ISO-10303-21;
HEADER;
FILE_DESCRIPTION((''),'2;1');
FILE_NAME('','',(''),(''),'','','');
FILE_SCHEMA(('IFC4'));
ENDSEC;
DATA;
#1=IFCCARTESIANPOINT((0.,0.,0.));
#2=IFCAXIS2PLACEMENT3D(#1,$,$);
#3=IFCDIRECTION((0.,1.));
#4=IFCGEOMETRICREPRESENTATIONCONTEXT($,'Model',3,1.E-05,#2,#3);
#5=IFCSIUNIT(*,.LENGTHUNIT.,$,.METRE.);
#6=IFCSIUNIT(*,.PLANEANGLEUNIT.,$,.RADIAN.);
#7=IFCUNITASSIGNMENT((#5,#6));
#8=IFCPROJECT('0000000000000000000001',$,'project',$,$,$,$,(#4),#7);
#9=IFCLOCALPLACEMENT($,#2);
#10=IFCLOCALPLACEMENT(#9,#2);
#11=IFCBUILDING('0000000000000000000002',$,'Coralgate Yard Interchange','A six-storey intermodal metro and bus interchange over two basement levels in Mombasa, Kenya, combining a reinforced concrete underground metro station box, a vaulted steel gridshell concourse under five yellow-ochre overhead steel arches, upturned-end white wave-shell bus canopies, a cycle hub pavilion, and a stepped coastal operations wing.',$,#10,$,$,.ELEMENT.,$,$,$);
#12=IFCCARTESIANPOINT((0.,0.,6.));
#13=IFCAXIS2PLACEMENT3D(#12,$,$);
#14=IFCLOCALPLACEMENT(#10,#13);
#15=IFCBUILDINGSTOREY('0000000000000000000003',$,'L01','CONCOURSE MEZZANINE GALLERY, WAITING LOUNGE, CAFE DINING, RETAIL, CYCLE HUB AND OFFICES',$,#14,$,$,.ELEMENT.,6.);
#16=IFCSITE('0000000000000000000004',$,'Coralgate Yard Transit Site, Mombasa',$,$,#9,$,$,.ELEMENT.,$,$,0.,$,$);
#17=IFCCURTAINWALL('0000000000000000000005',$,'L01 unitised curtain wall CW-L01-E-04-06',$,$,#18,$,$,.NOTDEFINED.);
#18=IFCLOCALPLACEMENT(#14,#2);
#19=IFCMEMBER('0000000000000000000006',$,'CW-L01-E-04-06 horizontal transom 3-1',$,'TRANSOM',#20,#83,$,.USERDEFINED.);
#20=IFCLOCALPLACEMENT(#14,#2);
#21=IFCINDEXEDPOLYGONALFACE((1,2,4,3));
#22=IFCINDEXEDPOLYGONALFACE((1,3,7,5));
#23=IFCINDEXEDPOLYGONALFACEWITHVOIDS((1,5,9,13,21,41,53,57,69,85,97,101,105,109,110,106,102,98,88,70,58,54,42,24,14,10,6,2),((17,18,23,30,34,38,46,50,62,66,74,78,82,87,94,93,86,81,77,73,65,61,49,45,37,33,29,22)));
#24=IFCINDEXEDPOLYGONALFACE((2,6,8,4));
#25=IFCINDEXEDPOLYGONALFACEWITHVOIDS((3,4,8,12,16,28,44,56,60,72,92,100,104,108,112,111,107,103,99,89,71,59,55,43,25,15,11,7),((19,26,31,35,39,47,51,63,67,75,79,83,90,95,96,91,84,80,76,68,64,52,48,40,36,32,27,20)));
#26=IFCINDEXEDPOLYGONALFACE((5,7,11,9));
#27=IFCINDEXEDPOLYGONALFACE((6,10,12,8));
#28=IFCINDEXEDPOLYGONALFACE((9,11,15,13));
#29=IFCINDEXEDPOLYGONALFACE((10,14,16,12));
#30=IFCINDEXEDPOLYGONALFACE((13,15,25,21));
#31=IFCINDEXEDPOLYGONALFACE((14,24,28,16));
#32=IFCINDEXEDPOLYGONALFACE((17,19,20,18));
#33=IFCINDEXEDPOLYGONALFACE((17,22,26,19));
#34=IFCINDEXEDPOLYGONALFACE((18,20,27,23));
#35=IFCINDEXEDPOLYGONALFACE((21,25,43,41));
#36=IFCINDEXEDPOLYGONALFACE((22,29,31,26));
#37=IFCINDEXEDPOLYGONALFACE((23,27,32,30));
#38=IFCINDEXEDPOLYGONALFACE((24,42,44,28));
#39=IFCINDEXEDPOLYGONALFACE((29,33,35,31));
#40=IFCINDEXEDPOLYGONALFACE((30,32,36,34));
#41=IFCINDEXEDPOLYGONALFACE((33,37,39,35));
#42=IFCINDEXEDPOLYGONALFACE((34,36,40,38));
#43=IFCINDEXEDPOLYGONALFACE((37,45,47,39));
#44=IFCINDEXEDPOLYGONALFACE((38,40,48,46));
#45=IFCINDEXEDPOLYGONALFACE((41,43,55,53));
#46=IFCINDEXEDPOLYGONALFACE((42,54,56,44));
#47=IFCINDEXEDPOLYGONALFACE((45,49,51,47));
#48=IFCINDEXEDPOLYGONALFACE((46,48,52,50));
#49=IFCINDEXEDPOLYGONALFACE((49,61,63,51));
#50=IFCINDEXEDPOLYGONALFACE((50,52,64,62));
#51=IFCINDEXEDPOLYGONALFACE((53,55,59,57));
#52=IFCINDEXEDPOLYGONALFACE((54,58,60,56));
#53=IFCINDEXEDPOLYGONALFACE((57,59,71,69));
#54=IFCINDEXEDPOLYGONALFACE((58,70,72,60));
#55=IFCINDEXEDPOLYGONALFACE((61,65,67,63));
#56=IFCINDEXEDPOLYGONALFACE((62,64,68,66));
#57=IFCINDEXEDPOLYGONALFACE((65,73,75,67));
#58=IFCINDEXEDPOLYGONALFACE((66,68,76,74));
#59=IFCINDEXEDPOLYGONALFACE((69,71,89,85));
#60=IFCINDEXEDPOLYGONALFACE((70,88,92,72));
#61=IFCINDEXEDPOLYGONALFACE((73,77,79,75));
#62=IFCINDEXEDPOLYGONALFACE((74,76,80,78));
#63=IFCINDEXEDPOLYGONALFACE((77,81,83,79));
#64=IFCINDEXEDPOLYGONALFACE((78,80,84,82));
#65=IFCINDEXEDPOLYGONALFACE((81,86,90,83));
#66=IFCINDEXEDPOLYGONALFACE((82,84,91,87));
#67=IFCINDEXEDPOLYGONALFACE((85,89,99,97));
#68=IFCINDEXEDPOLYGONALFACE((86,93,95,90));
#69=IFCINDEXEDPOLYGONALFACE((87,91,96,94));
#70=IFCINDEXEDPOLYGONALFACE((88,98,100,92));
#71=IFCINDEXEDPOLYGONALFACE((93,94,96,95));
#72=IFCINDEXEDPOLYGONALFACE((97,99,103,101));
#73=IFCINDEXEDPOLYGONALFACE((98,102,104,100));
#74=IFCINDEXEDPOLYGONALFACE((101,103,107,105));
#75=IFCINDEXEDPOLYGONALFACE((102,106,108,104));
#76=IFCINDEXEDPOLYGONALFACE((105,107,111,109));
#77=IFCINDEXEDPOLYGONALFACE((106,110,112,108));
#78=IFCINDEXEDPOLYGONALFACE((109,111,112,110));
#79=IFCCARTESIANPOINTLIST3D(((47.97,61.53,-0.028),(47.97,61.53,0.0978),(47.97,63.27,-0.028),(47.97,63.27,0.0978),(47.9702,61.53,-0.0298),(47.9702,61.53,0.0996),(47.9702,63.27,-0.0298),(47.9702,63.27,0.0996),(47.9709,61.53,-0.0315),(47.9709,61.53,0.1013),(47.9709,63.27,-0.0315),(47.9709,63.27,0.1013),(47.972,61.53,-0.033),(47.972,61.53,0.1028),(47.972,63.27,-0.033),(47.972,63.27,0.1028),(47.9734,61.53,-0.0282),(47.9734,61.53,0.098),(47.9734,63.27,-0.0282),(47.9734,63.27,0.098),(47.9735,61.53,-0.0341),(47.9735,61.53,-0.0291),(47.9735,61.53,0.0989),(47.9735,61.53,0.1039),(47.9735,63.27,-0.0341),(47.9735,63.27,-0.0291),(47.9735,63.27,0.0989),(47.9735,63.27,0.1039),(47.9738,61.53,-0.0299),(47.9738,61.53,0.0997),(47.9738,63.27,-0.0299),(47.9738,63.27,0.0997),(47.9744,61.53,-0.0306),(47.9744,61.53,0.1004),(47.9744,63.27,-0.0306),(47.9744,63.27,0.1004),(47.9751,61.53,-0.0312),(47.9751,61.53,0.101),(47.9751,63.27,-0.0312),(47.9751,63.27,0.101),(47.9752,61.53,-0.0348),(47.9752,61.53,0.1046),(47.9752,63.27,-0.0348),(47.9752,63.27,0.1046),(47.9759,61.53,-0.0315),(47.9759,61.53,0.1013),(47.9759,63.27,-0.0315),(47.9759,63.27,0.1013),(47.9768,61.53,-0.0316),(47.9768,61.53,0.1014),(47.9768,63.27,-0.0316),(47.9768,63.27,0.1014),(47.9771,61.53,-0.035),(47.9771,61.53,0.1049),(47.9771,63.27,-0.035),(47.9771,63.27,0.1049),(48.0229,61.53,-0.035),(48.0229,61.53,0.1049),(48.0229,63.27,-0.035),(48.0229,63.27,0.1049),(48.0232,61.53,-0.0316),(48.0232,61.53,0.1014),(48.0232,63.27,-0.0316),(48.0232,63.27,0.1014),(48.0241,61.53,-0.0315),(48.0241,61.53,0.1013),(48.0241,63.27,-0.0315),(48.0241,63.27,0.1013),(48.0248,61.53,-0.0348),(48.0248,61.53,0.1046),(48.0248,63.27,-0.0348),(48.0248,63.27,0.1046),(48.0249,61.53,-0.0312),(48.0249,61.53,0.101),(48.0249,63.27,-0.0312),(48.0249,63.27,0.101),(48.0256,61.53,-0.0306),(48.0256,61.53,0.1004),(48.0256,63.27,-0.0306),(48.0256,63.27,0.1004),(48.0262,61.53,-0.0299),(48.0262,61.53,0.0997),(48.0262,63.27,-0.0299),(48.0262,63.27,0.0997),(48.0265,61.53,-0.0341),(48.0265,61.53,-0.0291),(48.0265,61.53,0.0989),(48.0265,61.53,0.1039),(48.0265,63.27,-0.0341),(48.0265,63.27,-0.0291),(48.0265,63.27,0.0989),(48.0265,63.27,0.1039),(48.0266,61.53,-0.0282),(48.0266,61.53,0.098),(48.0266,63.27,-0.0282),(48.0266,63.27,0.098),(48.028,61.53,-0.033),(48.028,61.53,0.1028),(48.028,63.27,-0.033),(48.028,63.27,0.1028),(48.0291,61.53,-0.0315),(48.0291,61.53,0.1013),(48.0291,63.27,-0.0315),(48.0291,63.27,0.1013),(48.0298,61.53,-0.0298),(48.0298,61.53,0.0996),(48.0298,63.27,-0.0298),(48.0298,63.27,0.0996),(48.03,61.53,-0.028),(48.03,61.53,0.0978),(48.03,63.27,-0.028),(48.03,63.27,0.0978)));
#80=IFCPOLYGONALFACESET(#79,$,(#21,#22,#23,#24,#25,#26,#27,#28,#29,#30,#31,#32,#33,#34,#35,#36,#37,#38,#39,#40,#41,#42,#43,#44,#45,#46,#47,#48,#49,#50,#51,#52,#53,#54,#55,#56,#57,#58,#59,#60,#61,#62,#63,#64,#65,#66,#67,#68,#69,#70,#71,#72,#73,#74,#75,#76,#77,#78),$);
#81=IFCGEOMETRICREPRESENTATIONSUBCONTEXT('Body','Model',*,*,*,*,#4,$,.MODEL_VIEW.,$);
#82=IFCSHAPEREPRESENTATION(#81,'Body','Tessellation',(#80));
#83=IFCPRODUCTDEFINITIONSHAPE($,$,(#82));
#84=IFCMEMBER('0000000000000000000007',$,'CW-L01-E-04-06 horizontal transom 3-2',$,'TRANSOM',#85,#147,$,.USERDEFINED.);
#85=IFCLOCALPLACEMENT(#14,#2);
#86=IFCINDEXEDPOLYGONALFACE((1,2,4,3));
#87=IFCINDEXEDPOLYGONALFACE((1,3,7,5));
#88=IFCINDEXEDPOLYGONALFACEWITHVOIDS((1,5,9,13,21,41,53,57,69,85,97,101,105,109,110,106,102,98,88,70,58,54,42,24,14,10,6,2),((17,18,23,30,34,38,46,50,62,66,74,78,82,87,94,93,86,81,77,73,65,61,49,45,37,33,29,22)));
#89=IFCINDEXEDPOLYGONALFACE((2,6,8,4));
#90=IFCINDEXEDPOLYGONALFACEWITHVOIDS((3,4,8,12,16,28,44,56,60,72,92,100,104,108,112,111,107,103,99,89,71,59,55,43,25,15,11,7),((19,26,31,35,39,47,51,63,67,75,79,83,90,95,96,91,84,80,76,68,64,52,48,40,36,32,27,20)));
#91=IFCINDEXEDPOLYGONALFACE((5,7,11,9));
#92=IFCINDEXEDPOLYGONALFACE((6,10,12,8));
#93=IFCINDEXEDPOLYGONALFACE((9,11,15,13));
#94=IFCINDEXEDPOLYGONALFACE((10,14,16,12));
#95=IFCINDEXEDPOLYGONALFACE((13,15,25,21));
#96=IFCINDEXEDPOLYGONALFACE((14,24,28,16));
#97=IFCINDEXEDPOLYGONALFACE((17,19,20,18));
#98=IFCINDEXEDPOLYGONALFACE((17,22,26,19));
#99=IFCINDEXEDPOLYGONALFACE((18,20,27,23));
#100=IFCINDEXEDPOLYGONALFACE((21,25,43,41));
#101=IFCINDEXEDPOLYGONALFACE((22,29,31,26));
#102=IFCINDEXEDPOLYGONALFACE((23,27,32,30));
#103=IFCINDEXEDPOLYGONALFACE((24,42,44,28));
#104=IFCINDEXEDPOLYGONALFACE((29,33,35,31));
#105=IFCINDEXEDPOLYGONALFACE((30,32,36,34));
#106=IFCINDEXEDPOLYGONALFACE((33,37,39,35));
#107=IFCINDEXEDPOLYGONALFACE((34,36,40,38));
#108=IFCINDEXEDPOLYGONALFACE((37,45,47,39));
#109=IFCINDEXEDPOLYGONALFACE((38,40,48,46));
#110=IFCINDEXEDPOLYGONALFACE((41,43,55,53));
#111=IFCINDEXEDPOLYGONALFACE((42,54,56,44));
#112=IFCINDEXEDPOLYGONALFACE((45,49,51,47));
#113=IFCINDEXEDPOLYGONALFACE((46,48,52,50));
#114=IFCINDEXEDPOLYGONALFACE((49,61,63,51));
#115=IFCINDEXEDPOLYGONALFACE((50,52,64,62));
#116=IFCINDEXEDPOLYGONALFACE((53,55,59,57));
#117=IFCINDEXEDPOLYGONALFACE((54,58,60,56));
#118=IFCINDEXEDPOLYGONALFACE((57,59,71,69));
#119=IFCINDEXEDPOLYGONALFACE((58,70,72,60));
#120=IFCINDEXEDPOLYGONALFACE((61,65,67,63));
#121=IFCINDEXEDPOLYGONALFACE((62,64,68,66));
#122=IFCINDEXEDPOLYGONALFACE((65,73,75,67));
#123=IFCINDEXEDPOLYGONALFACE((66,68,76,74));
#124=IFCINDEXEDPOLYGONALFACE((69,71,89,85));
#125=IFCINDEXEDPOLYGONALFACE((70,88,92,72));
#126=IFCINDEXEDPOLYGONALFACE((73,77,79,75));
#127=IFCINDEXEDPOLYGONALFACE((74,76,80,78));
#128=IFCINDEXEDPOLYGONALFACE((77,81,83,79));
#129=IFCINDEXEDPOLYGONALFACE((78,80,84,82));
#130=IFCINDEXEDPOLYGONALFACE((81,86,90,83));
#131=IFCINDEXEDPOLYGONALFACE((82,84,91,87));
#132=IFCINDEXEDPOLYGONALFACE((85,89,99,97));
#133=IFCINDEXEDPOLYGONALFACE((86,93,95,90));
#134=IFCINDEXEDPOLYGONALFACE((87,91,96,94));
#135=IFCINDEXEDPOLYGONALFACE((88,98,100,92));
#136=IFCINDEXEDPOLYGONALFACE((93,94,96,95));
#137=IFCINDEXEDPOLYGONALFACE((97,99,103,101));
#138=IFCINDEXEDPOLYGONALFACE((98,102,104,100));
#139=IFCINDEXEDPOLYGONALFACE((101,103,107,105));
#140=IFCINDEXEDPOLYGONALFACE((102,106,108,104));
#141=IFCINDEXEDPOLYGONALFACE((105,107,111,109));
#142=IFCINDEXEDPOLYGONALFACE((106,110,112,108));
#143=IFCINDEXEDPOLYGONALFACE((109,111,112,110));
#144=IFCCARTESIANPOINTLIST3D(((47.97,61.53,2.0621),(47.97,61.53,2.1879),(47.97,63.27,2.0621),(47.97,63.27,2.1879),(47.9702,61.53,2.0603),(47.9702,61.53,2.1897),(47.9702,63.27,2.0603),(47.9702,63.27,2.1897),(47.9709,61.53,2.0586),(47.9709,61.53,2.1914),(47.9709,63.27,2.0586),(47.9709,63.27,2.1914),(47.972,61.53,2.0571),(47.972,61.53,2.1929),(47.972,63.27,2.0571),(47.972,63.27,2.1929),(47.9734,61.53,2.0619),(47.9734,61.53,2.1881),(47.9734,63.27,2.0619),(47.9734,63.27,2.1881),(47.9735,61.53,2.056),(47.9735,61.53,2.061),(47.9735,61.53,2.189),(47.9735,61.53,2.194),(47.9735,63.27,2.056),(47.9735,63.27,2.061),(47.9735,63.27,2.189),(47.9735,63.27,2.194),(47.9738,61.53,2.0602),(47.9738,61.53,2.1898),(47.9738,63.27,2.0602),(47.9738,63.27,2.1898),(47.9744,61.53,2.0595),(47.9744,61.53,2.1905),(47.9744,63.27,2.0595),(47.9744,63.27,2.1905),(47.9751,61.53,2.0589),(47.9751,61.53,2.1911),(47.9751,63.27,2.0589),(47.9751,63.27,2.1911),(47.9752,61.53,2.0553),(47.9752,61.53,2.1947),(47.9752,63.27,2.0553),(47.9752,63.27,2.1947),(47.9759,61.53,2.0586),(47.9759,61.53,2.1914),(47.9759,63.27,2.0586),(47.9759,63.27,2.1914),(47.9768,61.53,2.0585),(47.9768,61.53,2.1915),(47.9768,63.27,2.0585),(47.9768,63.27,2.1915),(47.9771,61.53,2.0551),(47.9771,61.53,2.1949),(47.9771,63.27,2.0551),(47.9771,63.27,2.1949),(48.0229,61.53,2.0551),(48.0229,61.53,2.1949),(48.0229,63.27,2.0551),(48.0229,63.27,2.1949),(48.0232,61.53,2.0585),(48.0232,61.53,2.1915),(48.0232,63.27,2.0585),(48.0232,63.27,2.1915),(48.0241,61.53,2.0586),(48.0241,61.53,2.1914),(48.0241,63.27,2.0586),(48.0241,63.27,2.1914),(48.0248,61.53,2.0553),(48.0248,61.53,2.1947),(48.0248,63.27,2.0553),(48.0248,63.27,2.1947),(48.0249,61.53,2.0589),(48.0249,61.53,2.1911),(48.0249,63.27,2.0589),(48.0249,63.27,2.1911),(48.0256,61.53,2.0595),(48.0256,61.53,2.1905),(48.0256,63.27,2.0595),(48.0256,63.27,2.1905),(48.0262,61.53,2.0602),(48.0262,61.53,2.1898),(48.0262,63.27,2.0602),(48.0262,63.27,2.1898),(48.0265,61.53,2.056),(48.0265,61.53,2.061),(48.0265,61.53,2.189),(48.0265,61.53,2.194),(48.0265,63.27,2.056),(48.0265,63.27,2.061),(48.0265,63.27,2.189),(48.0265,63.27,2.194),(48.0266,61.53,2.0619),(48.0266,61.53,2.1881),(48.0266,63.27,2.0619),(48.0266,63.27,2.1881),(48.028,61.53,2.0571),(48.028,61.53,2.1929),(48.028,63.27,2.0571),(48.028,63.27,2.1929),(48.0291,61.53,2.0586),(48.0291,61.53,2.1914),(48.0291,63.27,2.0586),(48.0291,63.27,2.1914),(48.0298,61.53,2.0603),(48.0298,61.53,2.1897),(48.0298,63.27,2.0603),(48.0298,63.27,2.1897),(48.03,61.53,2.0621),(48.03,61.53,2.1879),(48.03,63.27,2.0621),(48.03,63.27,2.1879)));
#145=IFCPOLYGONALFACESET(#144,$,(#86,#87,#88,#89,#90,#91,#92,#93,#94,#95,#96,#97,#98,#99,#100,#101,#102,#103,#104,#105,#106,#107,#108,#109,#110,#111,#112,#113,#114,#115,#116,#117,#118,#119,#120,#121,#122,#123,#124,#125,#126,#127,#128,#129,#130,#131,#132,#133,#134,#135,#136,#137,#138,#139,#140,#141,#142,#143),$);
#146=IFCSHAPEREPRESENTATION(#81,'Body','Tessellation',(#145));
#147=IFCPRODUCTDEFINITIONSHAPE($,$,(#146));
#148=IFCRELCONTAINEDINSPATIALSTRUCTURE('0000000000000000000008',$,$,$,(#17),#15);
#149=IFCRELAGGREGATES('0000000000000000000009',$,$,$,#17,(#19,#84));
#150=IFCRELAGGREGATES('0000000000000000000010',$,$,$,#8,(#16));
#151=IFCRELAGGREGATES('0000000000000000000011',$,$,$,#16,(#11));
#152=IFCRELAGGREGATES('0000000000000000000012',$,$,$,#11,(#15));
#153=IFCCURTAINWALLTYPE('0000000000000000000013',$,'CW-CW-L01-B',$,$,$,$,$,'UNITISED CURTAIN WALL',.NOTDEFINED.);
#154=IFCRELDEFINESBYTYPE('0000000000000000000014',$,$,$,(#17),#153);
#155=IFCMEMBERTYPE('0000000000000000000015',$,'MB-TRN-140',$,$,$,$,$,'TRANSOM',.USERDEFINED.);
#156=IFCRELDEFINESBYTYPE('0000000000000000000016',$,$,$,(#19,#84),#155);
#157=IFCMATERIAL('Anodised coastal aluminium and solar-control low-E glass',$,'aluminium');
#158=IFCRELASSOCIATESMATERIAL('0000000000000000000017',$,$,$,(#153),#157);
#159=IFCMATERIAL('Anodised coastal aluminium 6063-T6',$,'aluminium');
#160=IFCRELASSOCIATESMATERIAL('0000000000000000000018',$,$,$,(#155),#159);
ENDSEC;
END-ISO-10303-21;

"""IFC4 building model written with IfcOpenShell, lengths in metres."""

from ifc_helpers import new_model, si_unit, direction, frame, origin, origin_2d, place, context, subcontext, project, spatial, hollow_rectangle, extrude, material, material_profile, profile_set, type_object, element, aggregate, save


model = new_model("IFC4")

# Units and contexts
model_context = context("Model", 3, precision=1e-05, world=origin(), true_north=direction((0.0, 1.0)))
body_context = subcontext(model_context, "Body", "Model", "MODEL_VIEW")
ifc_project = project(units=[si_unit("LENGTHUNIT", "METRE"), si_unit("PLANEANGLEUNIT", "RADIAN")], contexts=[model_context])

# Site, building, storey
site_placement = place(None, origin())
site = spatial("IfcSite", under=ifc_project, at=site_placement, Name="Coralgate Yard Transit Site, Mombasa", CompositionType="ELEMENT", RefElevation=0.0)
building_placement = place(site_placement, origin())
building = spatial("IfcBuilding", under=site, at=building_placement, Name="Coralgate Yard Interchange", Description="A six-storey intermodal metro and bus interchange over two basement levels in Mombasa, Kenya, combining a reinforced concrete underground metro station box, a vaulted steel gridshell concourse under five yellow-ochre overhead steel arches, upturned-end white wave-shell bus canopies, a cycle hub pavilion, and a stepped coastal operations wing.", CompositionType="ELEMENT")
storey_placement = place(building_placement, frame((0.0, 0.0, 6.0)))
storey = spatial("IfcBuildingStorey", under=building, at=storey_placement, Name="L01", Description="CONCOURSE MEZZANINE GALLERY, WAITING LOUNGE, CAFE DINING, RETAIL, CYCLE HUB AND OFFICES", CompositionType="ELEMENT", Elevation=6.0)

# Shared definitions
ifc_material_1 = material(Name="Anodised coastal aluminium and solar-control low-E glass", Category="aluminium")
curtain_wall_type = type_object("IfcCurtainWallType", Name="CW-CW-L01-B", ElementType="UNITISED CURTAIN WALL", PredefinedType="NOTDEFINED", material=ifc_material_1)
ifc_material_2 = material(Name="Anodised coastal aluminium 6063-T6", Category="aluminium")

# Curtain wall
curtain_wall_1_placement = place(storey_placement, origin())
curtain_wall_1 = element("IfcCurtainWall", 1, at=curtain_wall_1_placement, inside=storey, type_object=curtain_wall_type, Name="L01 unitised curtain wall CW-L01-E-04-06", PredefinedType="NOTDEFINED")

# Members
ifc_material_profile_1 = material_profile(ifc_material_2, hollow_rectangle(XDim=0.0601, YDim=0.1399, WallThickness=0.0034, InnerFilletRadius=0.0034, OuterFilletRadius=0.0071, at=origin_2d()), Name="ALU 60x140x3.5")
ifc_profile_set_1 = profile_set([ifc_material_profile_1], Name="Anodised coastal aluminium 6063-T6")
member_type_1 = type_object("IfcMemberType", Name="MB-TRN-140", ElementType="TRANSOM", PredefinedType="USERDEFINED", material=ifc_profile_set_1)
member_1_placement = place(storey_placement, frame((48.0, 63.27, 0.0349), z_axis=(0.0, -1.0, 0.0), x_axis=(1.0, 0.0, 0.0)))
member_1 = element("IfcMember", 2, at=member_1_placement, type_object=member_type_1, Name="CW-L01-E-04-06 horizontal transom 3-1", ObjectType="TRANSOM", PredefinedType="USERDEFINED", context=body_context, shape_type="SweptSolid", body=[
    extrude(hollow_rectangle(XDim=0.0601, YDim=0.1399, WallThickness=0.0034, InnerFilletRadius=0.0034, OuterFilletRadius=0.0071, at=origin_2d()), origin(), (0.0, 0.0, 1.0), 1.74),
])
member_2_placement = place(storey_placement, frame((48.0, 63.27, 2.125), z_axis=(0.0, -1.0, 0.0), x_axis=(1.0, 0.0, 0.0)))
member_2 = element("IfcMember", 3, at=member_2_placement, type_object=member_type_1, Name="CW-L01-E-04-06 horizontal transom 3-2", ObjectType="TRANSOM", PredefinedType="USERDEFINED", context=body_context, shape_type="SweptSolid", body=[
    extrude(hollow_rectangle(XDim=0.0601, YDim=0.1399, WallThickness=0.0034, InnerFilletRadius=0.0034, OuterFilletRadius=0.0071, at=origin_2d()), origin(), (0.0, 0.0, 1.0), 1.74),
])

aggregate(curtain_wall_1, [member_1, member_2])

save(model, "model.ifc")
